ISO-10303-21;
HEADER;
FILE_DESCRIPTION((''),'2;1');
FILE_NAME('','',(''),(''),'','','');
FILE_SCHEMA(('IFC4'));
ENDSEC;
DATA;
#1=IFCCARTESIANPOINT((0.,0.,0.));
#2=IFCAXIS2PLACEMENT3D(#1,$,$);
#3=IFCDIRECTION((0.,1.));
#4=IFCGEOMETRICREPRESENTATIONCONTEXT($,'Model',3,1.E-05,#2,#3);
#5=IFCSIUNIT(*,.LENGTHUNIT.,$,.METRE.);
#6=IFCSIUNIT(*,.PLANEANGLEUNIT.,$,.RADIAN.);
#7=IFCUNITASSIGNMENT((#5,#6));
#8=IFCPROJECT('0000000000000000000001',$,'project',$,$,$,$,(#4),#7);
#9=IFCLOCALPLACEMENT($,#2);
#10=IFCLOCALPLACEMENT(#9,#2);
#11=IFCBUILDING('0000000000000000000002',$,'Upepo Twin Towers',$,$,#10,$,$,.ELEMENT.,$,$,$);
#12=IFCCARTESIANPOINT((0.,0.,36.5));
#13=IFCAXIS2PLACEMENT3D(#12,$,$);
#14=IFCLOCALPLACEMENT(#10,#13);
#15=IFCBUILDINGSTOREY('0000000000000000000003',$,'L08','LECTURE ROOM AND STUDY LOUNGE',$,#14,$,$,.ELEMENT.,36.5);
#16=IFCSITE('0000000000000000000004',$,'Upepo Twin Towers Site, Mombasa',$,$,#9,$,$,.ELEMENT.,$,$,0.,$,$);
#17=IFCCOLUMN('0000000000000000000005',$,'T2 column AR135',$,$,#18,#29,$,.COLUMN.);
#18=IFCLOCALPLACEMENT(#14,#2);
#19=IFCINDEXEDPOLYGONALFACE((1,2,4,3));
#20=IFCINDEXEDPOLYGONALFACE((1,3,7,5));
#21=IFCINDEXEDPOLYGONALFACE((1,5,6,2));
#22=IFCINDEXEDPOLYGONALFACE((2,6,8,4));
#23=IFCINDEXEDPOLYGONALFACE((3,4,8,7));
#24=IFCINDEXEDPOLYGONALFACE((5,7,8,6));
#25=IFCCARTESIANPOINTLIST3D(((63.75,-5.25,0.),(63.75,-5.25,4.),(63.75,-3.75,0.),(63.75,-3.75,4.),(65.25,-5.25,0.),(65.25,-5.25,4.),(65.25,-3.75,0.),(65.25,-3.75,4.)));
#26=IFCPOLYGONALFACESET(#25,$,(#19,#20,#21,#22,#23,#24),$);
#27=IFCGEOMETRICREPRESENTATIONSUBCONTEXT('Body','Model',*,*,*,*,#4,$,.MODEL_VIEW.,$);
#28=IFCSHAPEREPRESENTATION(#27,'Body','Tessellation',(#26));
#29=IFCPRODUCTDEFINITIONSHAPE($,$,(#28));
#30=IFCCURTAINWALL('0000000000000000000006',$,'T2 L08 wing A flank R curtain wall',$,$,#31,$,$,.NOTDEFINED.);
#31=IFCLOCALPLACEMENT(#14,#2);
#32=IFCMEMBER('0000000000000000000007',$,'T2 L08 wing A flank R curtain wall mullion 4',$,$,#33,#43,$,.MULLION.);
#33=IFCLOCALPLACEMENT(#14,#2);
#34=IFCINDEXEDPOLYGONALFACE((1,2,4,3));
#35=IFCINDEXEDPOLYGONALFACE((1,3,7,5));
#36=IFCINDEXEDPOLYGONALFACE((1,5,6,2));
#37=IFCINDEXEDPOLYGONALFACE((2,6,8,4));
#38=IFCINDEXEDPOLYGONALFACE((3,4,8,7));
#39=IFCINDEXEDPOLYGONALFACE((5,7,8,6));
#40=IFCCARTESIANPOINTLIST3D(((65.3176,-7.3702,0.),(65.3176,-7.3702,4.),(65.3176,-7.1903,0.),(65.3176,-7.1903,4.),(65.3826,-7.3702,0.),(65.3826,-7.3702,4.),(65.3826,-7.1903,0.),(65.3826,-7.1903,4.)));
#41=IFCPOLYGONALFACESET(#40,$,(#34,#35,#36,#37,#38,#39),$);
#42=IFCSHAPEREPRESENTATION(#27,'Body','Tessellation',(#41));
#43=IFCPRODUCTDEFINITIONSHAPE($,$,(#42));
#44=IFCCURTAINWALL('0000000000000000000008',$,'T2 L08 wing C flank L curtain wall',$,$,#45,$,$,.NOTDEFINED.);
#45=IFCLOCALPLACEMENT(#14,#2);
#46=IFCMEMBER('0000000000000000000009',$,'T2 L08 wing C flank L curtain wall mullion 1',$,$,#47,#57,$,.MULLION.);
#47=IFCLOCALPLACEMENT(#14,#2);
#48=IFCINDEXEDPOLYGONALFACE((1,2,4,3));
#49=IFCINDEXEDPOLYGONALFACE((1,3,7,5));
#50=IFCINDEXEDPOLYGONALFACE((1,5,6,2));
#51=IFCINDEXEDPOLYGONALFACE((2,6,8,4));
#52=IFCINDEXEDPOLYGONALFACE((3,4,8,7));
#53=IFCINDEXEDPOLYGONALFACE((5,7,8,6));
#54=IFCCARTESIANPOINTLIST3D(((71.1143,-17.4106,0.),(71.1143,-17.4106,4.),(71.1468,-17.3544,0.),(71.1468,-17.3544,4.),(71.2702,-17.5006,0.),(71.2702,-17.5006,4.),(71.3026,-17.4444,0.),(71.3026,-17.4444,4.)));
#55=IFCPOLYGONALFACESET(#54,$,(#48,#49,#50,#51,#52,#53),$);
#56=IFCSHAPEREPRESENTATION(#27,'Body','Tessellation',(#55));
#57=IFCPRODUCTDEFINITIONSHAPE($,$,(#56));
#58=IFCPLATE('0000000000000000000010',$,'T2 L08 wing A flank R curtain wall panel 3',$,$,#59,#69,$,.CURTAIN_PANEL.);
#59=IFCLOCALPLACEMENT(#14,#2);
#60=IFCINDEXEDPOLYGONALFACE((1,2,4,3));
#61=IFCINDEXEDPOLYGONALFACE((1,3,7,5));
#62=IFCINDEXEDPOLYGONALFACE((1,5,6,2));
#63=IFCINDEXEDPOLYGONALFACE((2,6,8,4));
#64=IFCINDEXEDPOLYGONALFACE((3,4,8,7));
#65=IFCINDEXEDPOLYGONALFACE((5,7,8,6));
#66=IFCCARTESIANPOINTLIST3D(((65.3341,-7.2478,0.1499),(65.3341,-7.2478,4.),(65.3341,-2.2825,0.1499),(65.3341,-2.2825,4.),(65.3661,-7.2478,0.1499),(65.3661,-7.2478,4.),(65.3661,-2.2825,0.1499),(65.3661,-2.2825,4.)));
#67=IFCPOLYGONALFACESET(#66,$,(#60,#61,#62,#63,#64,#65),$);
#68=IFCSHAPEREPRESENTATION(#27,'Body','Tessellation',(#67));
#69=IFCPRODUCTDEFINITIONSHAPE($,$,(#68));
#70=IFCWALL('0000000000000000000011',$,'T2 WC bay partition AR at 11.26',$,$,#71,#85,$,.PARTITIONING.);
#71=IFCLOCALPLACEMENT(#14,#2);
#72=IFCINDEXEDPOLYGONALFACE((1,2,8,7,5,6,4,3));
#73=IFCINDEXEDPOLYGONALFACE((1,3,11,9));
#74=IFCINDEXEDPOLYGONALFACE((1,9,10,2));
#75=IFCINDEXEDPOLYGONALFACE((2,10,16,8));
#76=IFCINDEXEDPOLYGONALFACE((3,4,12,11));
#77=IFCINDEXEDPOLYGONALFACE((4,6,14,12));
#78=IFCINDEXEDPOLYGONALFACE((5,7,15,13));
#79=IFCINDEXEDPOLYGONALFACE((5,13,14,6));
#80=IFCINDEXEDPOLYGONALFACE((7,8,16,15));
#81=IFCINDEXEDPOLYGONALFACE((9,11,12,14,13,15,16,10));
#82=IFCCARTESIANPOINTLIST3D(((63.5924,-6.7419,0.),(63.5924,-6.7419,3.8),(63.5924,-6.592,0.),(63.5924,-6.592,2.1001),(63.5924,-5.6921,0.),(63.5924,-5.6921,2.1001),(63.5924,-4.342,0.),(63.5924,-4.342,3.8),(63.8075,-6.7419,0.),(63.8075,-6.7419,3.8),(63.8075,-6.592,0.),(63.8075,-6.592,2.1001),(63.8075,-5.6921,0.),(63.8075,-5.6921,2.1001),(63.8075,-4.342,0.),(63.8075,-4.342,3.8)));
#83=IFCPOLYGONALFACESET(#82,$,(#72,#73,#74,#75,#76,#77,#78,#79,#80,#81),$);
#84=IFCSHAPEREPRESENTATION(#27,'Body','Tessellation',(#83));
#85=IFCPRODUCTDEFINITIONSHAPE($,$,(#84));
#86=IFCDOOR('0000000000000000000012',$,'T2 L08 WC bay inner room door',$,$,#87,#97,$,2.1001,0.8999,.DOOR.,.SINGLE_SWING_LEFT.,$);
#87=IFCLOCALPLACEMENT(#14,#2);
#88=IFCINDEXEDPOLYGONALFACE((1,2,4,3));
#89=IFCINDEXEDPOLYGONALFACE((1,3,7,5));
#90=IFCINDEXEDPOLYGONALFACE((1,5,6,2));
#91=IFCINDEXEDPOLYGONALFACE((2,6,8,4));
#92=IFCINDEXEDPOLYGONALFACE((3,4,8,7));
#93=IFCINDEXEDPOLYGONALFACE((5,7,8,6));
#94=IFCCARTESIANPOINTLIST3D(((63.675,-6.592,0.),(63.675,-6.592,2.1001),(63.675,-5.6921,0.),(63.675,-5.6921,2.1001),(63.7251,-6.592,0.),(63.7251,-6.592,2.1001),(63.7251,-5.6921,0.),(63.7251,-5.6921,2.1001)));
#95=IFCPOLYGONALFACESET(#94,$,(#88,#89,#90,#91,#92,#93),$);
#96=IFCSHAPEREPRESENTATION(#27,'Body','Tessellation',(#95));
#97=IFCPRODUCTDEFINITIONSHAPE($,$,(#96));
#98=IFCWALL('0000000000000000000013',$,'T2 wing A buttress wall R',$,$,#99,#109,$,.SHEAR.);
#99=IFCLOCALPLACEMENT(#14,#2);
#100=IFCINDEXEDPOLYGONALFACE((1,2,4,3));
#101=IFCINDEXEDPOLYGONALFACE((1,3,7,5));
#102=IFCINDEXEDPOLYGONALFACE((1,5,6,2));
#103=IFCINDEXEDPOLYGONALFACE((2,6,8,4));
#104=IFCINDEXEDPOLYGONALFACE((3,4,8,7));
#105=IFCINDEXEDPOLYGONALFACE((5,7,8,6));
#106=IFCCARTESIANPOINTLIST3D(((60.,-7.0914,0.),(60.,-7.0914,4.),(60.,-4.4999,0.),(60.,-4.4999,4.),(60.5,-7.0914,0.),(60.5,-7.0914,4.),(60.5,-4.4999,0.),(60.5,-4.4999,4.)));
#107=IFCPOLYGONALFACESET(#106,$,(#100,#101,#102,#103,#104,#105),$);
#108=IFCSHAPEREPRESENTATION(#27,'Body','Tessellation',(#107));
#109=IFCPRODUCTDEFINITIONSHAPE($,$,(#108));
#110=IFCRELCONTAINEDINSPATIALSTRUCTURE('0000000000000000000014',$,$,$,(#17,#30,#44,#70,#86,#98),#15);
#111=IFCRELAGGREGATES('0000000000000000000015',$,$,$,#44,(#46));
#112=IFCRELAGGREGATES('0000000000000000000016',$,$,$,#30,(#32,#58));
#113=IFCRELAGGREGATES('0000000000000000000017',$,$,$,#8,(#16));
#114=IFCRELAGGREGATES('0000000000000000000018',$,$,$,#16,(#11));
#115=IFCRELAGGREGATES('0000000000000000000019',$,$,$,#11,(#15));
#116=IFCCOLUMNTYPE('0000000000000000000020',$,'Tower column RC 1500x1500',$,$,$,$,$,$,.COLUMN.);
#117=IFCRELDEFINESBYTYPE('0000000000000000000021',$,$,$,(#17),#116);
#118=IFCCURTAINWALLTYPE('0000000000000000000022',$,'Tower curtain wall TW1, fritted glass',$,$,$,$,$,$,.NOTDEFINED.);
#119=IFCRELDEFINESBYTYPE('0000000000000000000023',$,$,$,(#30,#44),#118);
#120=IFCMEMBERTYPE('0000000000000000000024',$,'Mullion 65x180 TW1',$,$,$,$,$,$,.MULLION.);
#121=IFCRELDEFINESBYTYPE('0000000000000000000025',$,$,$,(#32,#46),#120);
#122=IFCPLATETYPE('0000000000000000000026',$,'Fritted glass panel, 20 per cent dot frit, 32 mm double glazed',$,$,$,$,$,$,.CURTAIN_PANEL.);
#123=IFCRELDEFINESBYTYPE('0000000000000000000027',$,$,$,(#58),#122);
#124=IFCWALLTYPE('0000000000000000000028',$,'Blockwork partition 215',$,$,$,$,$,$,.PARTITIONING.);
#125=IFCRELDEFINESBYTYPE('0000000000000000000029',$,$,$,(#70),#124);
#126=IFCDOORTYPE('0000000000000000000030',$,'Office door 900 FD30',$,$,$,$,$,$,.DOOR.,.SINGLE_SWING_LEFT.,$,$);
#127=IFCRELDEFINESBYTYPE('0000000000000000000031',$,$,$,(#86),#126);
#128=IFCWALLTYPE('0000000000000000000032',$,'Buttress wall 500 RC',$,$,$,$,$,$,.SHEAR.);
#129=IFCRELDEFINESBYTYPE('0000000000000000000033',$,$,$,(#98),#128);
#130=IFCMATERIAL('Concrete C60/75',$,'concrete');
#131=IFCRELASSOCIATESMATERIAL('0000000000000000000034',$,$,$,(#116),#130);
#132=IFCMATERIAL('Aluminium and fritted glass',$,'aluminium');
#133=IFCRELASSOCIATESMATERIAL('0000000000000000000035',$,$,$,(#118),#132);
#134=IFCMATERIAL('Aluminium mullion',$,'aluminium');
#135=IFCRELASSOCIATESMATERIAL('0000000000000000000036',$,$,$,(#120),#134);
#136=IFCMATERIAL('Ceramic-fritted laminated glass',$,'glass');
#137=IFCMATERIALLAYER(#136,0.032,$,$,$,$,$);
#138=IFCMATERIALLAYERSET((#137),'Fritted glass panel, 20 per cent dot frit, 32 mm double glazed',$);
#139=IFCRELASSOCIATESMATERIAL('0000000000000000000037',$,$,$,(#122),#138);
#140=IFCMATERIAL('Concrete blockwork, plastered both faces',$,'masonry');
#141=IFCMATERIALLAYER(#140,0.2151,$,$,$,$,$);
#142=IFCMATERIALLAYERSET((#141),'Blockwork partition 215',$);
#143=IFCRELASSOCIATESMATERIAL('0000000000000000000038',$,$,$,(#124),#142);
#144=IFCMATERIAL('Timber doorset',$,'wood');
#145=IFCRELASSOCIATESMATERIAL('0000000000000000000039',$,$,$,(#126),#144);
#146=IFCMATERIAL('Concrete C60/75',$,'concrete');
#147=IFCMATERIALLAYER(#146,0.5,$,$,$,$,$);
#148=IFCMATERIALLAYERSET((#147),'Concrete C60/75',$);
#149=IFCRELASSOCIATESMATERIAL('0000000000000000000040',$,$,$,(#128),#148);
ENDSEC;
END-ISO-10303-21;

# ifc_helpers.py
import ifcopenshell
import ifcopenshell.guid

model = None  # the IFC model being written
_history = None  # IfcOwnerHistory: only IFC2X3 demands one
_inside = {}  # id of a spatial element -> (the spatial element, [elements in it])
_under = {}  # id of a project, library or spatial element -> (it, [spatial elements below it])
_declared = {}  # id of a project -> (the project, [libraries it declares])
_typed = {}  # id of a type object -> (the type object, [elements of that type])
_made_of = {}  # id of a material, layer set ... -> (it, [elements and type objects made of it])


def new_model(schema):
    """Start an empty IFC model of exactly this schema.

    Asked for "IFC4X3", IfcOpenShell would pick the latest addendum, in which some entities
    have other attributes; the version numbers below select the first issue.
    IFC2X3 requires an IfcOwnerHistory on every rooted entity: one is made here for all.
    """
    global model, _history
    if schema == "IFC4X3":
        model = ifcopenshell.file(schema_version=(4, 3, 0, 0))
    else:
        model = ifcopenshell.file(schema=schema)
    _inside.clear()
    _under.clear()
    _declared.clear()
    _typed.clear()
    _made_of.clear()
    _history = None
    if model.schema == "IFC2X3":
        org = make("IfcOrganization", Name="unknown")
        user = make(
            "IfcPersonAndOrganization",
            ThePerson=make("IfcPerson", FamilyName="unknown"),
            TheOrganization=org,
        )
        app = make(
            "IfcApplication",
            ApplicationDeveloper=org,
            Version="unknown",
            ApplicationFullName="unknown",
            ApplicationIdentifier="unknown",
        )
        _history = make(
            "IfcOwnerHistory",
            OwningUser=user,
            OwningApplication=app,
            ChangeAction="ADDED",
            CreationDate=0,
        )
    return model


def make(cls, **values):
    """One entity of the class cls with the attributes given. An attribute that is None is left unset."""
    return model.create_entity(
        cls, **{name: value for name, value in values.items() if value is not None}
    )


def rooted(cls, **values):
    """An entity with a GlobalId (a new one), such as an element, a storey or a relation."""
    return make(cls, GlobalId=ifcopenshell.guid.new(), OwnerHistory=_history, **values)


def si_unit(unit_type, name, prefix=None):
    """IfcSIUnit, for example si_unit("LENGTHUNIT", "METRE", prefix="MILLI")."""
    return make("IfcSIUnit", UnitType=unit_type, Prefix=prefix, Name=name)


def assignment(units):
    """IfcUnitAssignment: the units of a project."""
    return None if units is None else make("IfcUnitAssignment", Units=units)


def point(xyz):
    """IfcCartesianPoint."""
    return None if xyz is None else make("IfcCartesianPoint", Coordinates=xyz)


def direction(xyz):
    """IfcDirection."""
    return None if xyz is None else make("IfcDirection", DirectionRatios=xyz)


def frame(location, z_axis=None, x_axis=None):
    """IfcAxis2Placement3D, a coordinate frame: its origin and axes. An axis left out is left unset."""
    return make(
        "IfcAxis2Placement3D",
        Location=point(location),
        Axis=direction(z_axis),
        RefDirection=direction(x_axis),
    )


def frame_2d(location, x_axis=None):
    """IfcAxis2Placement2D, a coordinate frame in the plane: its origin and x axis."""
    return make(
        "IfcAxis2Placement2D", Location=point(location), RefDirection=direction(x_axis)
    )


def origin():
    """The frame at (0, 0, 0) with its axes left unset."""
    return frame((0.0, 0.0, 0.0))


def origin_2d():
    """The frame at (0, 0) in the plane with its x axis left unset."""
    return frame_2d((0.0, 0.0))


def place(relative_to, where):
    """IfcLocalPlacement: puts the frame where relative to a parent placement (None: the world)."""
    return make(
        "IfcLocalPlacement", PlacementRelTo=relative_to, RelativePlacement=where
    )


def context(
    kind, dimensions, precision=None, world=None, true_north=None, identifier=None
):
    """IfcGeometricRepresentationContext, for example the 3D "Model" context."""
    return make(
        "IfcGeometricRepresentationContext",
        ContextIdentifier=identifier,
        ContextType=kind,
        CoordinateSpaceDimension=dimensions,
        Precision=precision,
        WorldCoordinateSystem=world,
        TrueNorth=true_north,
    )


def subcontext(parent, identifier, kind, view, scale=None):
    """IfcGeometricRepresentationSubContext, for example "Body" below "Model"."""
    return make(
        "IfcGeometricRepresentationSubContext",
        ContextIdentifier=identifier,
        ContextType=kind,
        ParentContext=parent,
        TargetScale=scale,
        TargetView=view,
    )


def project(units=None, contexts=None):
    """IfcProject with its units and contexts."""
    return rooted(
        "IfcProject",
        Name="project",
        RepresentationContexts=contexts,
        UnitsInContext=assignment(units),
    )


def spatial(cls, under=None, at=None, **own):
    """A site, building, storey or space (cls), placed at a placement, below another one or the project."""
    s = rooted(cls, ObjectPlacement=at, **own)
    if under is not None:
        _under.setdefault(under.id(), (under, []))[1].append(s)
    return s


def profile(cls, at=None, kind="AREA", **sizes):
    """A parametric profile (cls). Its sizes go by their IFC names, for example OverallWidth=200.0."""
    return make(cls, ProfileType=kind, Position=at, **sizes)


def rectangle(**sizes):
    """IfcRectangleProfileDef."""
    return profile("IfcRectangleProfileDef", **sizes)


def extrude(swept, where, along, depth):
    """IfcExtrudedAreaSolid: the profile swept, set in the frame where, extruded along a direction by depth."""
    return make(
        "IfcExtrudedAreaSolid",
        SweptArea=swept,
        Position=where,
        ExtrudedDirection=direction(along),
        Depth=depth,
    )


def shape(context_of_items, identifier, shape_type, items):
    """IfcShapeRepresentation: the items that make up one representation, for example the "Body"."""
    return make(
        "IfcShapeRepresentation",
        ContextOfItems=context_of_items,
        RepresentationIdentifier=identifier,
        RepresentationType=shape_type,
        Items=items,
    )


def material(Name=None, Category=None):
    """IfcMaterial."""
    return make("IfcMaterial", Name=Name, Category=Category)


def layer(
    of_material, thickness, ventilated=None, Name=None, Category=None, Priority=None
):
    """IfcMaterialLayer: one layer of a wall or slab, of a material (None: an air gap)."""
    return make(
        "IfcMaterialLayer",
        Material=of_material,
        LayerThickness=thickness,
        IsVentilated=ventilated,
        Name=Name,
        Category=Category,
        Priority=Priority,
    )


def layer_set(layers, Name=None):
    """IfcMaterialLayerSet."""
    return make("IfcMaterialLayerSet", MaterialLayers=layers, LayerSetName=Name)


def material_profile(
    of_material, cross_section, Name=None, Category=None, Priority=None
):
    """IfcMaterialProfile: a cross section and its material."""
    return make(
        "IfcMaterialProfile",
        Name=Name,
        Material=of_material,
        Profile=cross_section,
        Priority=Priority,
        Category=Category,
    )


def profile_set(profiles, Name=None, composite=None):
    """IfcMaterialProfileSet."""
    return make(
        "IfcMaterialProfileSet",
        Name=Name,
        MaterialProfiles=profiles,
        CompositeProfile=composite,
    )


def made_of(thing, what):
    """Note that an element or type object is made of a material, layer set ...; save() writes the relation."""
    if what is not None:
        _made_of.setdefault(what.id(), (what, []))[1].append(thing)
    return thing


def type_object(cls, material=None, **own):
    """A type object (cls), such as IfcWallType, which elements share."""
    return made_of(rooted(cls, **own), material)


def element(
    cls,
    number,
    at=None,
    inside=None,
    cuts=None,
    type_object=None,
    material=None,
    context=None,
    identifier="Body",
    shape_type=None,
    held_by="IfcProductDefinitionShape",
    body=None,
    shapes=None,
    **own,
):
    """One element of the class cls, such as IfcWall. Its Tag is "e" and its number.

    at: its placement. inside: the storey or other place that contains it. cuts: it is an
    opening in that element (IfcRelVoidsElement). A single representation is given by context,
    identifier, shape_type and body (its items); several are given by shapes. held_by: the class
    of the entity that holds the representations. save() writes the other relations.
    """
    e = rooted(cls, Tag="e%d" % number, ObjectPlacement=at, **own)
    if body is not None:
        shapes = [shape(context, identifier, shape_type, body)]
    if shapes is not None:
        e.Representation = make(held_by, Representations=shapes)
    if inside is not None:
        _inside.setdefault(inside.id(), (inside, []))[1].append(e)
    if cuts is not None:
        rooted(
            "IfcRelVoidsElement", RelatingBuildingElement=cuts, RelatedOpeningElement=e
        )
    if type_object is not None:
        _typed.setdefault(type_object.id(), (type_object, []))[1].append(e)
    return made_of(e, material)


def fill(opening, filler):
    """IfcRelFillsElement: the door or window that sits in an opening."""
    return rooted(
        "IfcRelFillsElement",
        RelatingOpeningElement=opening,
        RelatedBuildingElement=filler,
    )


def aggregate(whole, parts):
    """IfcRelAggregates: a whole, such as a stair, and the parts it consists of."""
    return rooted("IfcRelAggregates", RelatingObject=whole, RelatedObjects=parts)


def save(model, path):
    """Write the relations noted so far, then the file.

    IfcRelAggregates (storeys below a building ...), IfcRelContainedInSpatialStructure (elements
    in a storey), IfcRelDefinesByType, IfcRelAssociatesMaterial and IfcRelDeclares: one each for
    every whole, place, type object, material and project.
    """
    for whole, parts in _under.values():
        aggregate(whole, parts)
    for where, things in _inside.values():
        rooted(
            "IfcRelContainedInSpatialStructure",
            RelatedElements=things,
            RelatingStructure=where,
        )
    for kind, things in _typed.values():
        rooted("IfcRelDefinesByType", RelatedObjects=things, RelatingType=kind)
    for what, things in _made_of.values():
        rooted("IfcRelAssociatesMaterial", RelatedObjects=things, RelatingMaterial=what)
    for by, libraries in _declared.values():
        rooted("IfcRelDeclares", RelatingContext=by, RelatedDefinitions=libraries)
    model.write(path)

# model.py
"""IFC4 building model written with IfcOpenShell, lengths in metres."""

from ifc_helpers import new_model, si_unit, direction, frame, frame_2d, origin, origin_2d, place, context, subcontext, project, spatial, rectangle, extrude, material, layer, layer_set, material_profile, profile_set, type_object, element, fill, aggregate, save


model = new_model("IFC4")

# Units and contexts
model_context = context("Model", 3, precision=1e-05, world=origin(), true_north=direction((0.0, 1.0)))
body_context = subcontext(model_context, "Body", "Model", "MODEL_VIEW")
ifc_project = project(units=[si_unit("LENGTHUNIT", "METRE"), si_unit("PLANEANGLEUNIT", "RADIAN")], contexts=[model_context])

# Site, building, storey
site_placement = place(None, origin())
site = spatial("IfcSite", under=ifc_project, at=site_placement, Name="Upepo Twin Towers Site, Mombasa", CompositionType="ELEMENT", RefElevation=0.0)
building_placement = place(site_placement, origin())
building = spatial("IfcBuilding", under=site, at=building_placement, Name="Upepo Twin Towers", CompositionType="ELEMENT")
storey_placement = place(building_placement, frame((0.0, 0.0, 36.5)))
storey = spatial("IfcBuildingStorey", under=building, at=storey_placement, Name="L08", Description="LECTURE ROOM AND STUDY LOUNGE", CompositionType="ELEMENT", Elevation=36.5)

# Column
ifc_material_1 = material(Name="Concrete C60/75", Category="concrete")
ifc_material_profile_1 = material_profile(ifc_material_1, rectangle(XDim=1.5, YDim=1.5, at=origin_2d()), Name="RC 1500x1500")
ifc_profile_set_1 = profile_set([ifc_material_profile_1], Name="Concrete C60/75")
column_type = type_object("IfcColumnType", Name="Tower column RC 1500x1500", PredefinedType="COLUMN", material=ifc_profile_set_1)
column_placement = place(storey_placement, frame((64.5, -4.5, 0.0), z_axis=(0.0, 0.0, 1.0), x_axis=(1.0, 0.0, 0.0)))
element("IfcColumn", 1, at=column_placement, inside=storey, type_object=column_type, Name="T2 column AR135", PredefinedType="COLUMN", context=body_context, shape_type="SweptSolid", body=[
    extrude(rectangle(XDim=1.5, YDim=1.5, at=origin_2d()), origin(), (0.0, 0.0, 1.0), 4.0),
])

# Curtain walls, members
ifc_material_2 = material(Name="Aluminium and fritted glass", Category="aluminium")
curtain_wall_type = type_object("IfcCurtainWallType", Name="Tower curtain wall TW1, fritted glass", PredefinedType="NOTDEFINED", material=ifc_material_2)
curtain_wall_1_placement = place(storey_placement, origin())
curtain_wall_1 = element("IfcCurtainWall", 2, at=curtain_wall_1_placement, inside=storey, type_object=curtain_wall_type, Name="T2 L08 wing A flank R curtain wall", PredefinedType="NOTDEFINED")
ifc_material_3 = material(Name="Aluminium mullion", Category="aluminium")
ifc_material_profile_2 = material_profile(ifc_material_3, rectangle(XDim=0.0649, YDim=0.1799, at=origin_2d()), Name="MULLION 65x180")
ifc_profile_set_2 = profile_set([ifc_material_profile_2], Name="Aluminium mullion")
member_type = type_object("IfcMemberType", Name="Mullion 65x180 TW1", PredefinedType="MULLION", material=ifc_profile_set_2)
member_1_placement = place(storey_placement, frame((65.3501, -7.2803, 0.0), z_axis=(0.0, 0.0, 1.0), x_axis=(1.0, 0.0, 0.0)))
member_1 = element("IfcMember", 3, at=member_1_placement, type_object=member_type, Name="T2 L08 wing A flank R curtain wall mullion 4", PredefinedType="MULLION", context=body_context, shape_type="SweptSolid", body=[
    extrude(rectangle(XDim=0.0649, YDim=0.1799, at=origin_2d()), origin(), (0.0, 0.0, 1.0), 4.0),
])
curtain_wall_2_placement = place(storey_placement, origin())
curtain_wall_2 = element("IfcCurtainWall", 4, at=curtain_wall_2_placement, inside=storey, type_object=curtain_wall_type, Name="T2 L08 wing C flank L curtain wall", PredefinedType="NOTDEFINED")
member_2_placement = place(storey_placement, frame((71.2085, -17.4275, 0.0), z_axis=(0.0, 0.0, 1.0), x_axis=(0.5, 0.866025, 0.0)))
member_2 = element("IfcMember", 5, at=member_2_placement, type_object=member_type, Name="T2 L08 wing C flank L curtain wall mullion 1", PredefinedType="MULLION", context=body_context, shape_type="SweptSolid", body=[
    extrude(rectangle(XDim=0.0649, YDim=0.1799, at=origin_2d()), origin(), (0.0, 0.0, 1.0), 4.0),
])
aggregate(curtain_wall_2, [member_2])

# Plate
ifc_material_4 = material(Name="Ceramic-fritted laminated glass", Category="glass")
ifc_layer_1 = layer(ifc_material_4, 0.032)
ifc_layer_set_1 = layer_set([ifc_layer_1], Name="Fritted glass panel, 20 per cent dot frit, 32 mm double glazed")
plate_type = type_object("IfcPlateType", Name="Fritted glass panel, 20 per cent dot frit, 32 mm double glazed", PredefinedType="CURTAIN_PANEL", material=ifc_layer_set_1)
plate_placement = place(storey_placement, frame((65.3501, -4.7651, 0.1499), z_axis=(0.0, 0.0, 1.0), x_axis=(0.0, -1.0, 0.0)))
plate = element("IfcPlate", 6, at=plate_placement, type_object=plate_type, Name="T2 L08 wing A flank R curtain wall panel 3", PredefinedType="CURTAIN_PANEL", context=body_context, shape_type="SweptSolid", body=[
    extrude(rectangle(XDim=4.9653, YDim=0.032, at=origin_2d()), origin(), (0.0, 0.0, 1.0), 3.8501),
])
aggregate(curtain_wall_1, [member_1, plate])

# Wall, opening, door
ifc_material_5 = material(Name="Concrete blockwork, plastered both faces", Category="masonry")
ifc_layer_2 = layer(ifc_material_5, 0.2151)
ifc_layer_set_2 = layer_set([ifc_layer_2], Name="Blockwork partition 215")
wall_type_1 = type_object("IfcWallType", Name="Blockwork partition 215", PredefinedType="PARTITIONING", material=ifc_layer_set_2)
wall_1_placement = place(storey_placement, frame((63.7, -6.7419, 0.0), z_axis=(0.0, 0.0, 1.0), x_axis=(0.0, 1.0, 0.0)))
wall_1 = element("IfcWall", 7, at=wall_1_placement, inside=storey, type_object=wall_type_1, Name="T2 WC bay partition AR at 11.26", PredefinedType="PARTITIONING", context=body_context, shape_type="SweptSolid", body=[
    extrude(rectangle(XDim=2.3999, YDim=0.2151, at=frame_2d((1.2, 0.0))), origin(), (0.0, 0.0, 1.0), 3.8),
])
opening_1_placement = place(wall_1_placement, frame((0.1499, 0.0, 0.0)))
opening_1 = element("IfcOpeningElement", 8, at=opening_1_placement, cuts=wall_1, PredefinedType="OPENING", context=body_context, shape_type="SweptSolid", body=[
    extrude(rectangle(XDim=0.8999, YDim=2.1001, at=frame_2d((0.45, 1.05))), frame((0.0, 0.1174, 0.0), z_axis=(0.0, -1.0, 0.0), x_axis=(1.0, 0.0, 0.0)), (0.0, 0.0, 1.0), 0.2351),
])
ifc_material_6 = material(Name="Timber doorset", Category="wood")
door_type_1 = type_object("IfcDoorType", Name="Office door 900 FD30", OperationType="SINGLE_SWING_LEFT", PredefinedType="DOOR", material=ifc_material_6)
door_1_placement = place(opening_1_placement, origin())
door_1 = element("IfcDoor", 9, at=door_1_placement, inside=storey, type_object=door_type_1, Name="T2 L08 WC bay inner room door", OperationType="SINGLE_SWING_LEFT", OverallHeight=2.1001, OverallWidth=0.8999, PredefinedType="DOOR", context=body_context, shape_type="SweptSolid", body=[
    extrude(rectangle(XDim=0.8999, YDim=2.1001, at=frame_2d((0.45, 1.05))), frame((0.0, 0.0249, 0.0), z_axis=(0.0, -1.0, 0.0), x_axis=(1.0, 0.0, 0.0)), (0.0, 0.0, 1.0), 0.05),
])
fill(opening_1, door_1)

# Wall
ifc_material_7 = material(Name="Concrete C60/75", Category="concrete")
ifc_layer_3 = layer(ifc_material_7, 0.5)
ifc_layer_set_3 = layer_set([ifc_layer_3], Name="Concrete C60/75")
wall_type_2 = type_object("IfcWallType", Name="Buttress wall 500 RC", PredefinedType="SHEAR", material=ifc_layer_set_3)
wall_2_placement = place(storey_placement, frame((60.25, -7.0916, 0.0), z_axis=(0.0, 0.0, 1.0), x_axis=(0.0, 1.0, 0.0)))
element("IfcWall", 10, at=wall_2_placement, inside=storey, type_object=wall_type_2, Name="T2 wing A buttress wall R", PredefinedType="SHEAR", context=body_context, shape_type="SweptSolid", body=[
    extrude(rectangle(XDim=2.5916, YDim=0.5, at=frame_2d((1.2959, 0.0))), origin(), (0.0, 0.0, 1.0), 4.0),
])

save(model, "model.ifc")
